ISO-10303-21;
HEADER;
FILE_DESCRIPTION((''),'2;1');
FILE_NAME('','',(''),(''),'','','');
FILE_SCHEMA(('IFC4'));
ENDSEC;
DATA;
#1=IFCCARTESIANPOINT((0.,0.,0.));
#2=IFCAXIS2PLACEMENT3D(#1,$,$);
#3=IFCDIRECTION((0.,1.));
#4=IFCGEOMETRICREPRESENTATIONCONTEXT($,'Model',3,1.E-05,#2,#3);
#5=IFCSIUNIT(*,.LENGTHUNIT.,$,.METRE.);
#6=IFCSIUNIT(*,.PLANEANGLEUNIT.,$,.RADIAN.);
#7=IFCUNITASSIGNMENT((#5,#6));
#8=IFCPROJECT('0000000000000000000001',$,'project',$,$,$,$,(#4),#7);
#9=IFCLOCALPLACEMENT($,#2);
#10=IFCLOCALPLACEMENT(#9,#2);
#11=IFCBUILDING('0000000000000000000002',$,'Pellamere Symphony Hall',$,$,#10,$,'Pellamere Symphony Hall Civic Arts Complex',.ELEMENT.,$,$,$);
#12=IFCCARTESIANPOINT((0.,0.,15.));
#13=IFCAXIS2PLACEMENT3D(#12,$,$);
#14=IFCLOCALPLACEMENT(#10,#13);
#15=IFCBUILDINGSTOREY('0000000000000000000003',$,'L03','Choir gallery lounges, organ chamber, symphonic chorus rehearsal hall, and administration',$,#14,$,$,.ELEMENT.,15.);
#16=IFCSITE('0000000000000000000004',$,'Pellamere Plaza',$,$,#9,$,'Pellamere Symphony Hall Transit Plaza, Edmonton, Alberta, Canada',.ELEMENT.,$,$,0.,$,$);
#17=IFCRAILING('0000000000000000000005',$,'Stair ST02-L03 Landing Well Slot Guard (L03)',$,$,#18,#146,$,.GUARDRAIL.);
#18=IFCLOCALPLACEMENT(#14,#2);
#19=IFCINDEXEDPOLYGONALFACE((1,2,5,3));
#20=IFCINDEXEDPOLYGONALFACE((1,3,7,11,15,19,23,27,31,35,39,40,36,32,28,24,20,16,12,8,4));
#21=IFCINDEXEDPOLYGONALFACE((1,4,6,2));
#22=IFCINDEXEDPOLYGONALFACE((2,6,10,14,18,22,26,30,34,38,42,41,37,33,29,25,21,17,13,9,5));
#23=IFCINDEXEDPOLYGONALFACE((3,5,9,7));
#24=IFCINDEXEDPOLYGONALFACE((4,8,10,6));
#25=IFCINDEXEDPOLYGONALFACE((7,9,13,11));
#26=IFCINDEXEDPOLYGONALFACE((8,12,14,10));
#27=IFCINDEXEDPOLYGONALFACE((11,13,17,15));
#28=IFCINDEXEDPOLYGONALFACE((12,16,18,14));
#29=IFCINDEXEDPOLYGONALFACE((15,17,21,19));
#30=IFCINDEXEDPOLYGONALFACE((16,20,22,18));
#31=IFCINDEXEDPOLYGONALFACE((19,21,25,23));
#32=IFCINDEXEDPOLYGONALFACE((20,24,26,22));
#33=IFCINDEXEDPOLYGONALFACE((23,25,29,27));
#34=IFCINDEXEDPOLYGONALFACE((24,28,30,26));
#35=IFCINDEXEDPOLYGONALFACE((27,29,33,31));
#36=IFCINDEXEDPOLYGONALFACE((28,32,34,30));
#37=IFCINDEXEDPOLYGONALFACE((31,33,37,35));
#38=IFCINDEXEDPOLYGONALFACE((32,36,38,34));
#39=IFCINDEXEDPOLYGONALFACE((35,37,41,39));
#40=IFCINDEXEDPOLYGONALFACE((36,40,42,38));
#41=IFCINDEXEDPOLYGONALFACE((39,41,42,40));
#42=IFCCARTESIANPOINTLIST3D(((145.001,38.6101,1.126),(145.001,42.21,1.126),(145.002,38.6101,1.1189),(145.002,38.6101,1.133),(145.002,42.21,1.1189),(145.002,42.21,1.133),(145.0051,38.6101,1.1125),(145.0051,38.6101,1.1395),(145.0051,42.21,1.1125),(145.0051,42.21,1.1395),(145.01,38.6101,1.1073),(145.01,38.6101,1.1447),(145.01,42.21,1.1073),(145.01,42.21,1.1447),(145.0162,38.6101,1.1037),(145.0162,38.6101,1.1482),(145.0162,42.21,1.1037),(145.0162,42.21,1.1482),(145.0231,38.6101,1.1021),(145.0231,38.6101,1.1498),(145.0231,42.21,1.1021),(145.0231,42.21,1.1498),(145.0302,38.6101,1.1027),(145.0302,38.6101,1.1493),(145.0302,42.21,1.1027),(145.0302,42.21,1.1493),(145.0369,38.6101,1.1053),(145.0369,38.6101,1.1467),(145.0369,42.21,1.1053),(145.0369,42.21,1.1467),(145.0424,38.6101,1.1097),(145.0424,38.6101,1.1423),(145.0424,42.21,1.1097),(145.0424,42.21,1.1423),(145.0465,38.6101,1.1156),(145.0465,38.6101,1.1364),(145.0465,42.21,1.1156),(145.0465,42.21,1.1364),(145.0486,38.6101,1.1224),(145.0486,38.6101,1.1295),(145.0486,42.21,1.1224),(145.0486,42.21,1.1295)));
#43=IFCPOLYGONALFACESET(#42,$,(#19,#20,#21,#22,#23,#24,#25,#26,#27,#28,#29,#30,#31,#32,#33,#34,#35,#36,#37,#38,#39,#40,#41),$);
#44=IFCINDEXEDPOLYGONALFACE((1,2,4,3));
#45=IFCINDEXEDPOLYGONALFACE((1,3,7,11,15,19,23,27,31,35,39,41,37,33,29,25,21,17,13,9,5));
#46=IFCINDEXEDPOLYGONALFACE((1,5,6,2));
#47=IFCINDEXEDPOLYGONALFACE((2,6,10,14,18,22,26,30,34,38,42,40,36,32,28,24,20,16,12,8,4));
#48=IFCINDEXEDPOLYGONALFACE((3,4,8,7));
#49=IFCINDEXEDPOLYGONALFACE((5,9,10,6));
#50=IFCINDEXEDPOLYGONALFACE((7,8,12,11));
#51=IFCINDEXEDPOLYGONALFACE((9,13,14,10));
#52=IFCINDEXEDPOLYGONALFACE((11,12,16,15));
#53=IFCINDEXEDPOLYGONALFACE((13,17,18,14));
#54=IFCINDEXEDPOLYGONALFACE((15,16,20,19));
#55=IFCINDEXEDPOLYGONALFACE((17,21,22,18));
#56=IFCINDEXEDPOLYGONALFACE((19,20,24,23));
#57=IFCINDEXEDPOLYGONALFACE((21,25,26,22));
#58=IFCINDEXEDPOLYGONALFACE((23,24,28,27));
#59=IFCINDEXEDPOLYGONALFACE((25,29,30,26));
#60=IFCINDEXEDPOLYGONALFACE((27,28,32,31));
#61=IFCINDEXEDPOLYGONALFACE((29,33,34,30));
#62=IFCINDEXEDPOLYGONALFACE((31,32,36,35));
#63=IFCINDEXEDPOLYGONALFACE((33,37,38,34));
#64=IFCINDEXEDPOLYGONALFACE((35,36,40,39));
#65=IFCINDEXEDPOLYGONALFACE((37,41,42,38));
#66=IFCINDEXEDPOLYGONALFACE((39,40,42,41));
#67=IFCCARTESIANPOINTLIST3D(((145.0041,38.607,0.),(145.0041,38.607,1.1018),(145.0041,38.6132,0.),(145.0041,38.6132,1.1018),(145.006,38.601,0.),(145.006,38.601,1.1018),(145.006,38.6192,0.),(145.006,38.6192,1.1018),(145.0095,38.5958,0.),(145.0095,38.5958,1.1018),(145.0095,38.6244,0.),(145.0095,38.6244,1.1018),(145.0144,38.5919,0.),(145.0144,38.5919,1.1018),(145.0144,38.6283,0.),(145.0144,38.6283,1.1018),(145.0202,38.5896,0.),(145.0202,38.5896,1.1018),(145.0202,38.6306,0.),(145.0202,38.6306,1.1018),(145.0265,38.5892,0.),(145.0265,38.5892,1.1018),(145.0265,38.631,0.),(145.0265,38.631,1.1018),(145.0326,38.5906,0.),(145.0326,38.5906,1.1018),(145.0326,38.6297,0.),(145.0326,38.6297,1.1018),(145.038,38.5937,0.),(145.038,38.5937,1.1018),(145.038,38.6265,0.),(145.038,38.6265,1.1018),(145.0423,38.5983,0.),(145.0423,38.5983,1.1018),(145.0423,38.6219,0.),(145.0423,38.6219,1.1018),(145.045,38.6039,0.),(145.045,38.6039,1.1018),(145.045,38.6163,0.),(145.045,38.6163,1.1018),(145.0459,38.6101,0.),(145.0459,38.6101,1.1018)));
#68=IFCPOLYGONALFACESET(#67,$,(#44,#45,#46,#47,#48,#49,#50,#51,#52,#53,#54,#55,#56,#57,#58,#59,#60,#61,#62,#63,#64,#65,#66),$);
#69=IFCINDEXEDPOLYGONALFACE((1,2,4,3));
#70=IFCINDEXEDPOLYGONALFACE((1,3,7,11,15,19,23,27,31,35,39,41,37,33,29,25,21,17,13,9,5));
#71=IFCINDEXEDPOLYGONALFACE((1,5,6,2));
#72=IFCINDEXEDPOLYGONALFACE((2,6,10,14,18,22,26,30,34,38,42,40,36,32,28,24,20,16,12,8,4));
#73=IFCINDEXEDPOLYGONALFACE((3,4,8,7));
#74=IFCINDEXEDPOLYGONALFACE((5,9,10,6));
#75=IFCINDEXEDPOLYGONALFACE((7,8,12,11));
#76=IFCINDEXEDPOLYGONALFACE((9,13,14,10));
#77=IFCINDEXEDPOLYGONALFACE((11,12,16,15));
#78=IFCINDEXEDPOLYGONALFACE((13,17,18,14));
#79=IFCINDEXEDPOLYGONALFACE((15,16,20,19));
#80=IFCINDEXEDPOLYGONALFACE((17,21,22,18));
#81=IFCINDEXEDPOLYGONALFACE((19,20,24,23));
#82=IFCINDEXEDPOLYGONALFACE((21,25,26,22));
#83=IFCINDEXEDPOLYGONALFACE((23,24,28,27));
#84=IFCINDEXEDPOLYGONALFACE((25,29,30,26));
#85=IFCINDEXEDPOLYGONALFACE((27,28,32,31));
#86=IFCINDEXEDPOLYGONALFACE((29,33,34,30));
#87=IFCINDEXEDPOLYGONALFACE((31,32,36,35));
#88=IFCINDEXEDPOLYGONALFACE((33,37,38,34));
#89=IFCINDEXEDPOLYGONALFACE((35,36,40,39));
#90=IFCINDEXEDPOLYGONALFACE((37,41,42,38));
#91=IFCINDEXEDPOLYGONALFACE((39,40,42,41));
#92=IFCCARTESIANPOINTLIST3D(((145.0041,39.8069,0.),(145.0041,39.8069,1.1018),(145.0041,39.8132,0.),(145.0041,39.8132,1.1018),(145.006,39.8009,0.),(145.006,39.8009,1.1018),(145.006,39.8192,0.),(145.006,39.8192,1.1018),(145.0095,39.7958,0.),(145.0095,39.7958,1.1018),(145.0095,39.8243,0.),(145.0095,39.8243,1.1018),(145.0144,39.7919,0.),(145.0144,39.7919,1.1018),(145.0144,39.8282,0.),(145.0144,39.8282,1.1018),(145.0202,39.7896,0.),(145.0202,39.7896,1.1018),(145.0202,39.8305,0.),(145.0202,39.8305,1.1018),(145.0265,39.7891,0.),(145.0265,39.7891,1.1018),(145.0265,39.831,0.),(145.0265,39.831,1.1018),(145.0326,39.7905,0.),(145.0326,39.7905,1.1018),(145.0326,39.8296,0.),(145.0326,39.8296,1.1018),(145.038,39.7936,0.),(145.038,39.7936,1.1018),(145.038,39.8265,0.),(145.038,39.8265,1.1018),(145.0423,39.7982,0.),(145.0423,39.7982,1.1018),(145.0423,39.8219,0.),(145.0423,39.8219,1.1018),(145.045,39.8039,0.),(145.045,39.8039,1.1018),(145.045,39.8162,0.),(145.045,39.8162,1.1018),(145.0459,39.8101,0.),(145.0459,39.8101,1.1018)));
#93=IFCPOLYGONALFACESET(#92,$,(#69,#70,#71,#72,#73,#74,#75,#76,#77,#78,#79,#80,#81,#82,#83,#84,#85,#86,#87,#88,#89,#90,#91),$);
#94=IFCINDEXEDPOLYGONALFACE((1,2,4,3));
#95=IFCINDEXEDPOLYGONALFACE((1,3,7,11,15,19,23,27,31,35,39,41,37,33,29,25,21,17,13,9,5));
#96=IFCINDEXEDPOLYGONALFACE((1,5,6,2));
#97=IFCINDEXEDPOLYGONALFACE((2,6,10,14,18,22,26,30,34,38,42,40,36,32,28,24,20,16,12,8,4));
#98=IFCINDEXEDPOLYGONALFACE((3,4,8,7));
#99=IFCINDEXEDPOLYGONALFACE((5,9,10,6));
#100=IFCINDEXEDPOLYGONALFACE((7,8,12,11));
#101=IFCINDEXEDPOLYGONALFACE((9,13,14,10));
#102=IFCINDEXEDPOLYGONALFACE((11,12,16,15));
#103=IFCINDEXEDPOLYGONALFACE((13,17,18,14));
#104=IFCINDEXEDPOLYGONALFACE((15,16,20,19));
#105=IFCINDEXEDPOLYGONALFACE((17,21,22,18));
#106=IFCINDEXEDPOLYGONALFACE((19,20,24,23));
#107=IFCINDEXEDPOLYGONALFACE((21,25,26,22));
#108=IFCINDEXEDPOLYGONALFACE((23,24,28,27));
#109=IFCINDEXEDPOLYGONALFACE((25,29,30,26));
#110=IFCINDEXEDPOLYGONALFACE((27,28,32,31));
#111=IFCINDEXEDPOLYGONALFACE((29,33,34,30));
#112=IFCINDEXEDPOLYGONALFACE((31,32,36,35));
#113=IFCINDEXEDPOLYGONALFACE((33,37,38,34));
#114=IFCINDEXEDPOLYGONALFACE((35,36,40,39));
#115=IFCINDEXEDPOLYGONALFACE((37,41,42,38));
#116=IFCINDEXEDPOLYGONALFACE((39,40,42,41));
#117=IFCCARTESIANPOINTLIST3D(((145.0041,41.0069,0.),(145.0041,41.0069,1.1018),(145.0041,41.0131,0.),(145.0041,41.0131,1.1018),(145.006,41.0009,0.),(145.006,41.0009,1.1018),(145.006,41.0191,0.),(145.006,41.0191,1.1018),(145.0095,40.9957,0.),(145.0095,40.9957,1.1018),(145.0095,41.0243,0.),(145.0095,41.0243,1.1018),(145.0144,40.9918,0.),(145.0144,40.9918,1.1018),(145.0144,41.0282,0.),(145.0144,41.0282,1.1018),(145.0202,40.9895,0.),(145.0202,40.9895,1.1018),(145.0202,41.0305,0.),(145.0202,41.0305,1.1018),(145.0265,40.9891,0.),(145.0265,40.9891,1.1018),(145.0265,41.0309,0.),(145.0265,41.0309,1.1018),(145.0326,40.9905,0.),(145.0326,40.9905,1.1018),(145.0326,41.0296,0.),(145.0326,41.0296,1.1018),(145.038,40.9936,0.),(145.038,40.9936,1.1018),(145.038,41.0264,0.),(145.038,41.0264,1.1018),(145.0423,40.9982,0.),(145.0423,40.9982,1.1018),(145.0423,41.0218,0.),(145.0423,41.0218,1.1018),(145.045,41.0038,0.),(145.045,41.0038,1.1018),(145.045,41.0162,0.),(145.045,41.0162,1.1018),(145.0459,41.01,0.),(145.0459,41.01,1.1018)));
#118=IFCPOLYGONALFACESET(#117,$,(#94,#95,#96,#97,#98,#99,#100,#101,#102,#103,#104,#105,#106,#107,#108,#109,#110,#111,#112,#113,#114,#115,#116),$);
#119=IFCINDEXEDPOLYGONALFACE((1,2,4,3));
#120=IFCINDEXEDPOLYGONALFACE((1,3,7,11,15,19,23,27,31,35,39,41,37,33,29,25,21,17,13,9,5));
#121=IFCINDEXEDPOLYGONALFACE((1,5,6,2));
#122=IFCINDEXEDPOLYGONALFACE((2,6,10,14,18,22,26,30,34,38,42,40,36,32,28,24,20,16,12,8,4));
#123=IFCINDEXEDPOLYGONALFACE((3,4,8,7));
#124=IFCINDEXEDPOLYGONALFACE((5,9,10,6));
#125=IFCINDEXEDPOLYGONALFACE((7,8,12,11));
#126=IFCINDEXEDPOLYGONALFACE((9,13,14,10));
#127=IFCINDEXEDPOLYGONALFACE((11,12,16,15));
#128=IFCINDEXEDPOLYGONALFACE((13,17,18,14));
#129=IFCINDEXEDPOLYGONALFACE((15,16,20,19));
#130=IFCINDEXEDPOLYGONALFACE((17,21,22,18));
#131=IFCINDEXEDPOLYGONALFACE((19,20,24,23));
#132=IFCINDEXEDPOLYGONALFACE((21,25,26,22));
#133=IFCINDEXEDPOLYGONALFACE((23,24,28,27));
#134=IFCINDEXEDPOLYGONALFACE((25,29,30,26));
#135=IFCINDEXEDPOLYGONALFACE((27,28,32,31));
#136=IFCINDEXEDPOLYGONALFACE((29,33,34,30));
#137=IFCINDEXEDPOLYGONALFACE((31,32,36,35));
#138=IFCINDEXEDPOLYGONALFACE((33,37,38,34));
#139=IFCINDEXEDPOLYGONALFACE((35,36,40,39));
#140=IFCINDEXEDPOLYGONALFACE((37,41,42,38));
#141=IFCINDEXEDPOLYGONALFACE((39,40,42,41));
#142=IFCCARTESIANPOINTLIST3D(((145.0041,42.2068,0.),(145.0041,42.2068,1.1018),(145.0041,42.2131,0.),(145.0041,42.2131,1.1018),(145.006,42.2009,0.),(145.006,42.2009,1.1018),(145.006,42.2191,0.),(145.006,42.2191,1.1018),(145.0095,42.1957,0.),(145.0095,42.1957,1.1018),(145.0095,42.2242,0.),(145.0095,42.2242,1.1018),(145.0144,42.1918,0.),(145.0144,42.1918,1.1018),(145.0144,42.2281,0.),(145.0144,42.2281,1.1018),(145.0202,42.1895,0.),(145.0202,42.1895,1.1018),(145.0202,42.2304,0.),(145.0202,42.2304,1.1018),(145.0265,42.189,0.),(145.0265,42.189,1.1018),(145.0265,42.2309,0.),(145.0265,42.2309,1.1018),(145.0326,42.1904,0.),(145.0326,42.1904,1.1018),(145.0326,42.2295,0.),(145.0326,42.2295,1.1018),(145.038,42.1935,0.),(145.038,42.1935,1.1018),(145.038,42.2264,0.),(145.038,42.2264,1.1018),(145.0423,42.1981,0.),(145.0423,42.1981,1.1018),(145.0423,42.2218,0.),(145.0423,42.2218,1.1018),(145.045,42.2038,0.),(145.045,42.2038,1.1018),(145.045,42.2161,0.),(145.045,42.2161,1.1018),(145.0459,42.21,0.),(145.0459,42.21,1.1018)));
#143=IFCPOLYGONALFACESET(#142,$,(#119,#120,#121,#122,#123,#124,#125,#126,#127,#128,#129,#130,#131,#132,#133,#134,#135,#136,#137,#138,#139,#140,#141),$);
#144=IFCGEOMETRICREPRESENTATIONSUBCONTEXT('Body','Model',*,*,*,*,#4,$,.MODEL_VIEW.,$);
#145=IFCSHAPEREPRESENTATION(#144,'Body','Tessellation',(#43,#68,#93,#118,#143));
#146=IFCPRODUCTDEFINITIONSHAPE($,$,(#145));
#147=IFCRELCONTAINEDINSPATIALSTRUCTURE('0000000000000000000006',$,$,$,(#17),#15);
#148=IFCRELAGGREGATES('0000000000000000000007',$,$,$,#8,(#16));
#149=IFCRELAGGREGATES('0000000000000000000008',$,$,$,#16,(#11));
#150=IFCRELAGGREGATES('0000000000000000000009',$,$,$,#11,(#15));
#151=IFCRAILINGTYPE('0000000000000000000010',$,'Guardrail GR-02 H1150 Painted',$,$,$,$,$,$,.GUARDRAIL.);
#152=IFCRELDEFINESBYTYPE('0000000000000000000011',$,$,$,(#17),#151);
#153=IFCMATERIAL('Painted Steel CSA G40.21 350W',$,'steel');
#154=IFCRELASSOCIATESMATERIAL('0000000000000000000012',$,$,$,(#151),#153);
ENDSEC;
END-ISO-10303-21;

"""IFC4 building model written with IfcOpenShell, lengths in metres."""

from ifc_helpers import new_model, si_unit, direction, frame, origin, origin_2d, place, context, subcontext, project, spatial, circle, extrude, material, type_object, element, save


model = new_model("IFC4")

# Units and contexts
model_context = context("Model", 3, precision=1e-05, world=origin(), true_north=direction((0.0, 1.0)))
body_context = subcontext(model_context, "Body", "Model", "MODEL_VIEW")
ifc_project = project(units=[si_unit("LENGTHUNIT", "METRE"), si_unit("PLANEANGLEUNIT", "RADIAN")], contexts=[model_context])

# Site, building, storey
site_placement = place(None, origin())
site = spatial("IfcSite", under=ifc_project, at=site_placement, Name="Pellamere Plaza", LongName="Pellamere Symphony Hall Transit Plaza, Edmonton, Alberta, Canada", CompositionType="ELEMENT", RefElevation=0.0)
building_placement = place(site_placement, origin())
building = spatial("IfcBuilding", under=site, at=building_placement, Name="Pellamere Symphony Hall", LongName="Pellamere Symphony Hall Civic Arts Complex", CompositionType="ELEMENT")
storey_placement = place(building_placement, frame((0.0, 0.0, 15.0)))
storey = spatial("IfcBuildingStorey", under=building, at=storey_placement, Name="L03", Description="Choir gallery lounges, organ chamber, symphonic chorus rehearsal hall, and administration", CompositionType="ELEMENT", Elevation=15.0)

# Railing
ifc_material_1 = material(Name="Painted Steel CSA G40.21 350W", Category="steel")
railing_type_1 = type_object("IfcRailingType", Name="Guardrail GR-02 H1150 Painted", PredefinedType="GUARDRAIL", material=ifc_material_1)
railing_1_placement = place(storey_placement, frame((145.0249, 38.6101, 0.0)))
element("IfcRailing", 1, at=railing_1_placement, inside=storey, type_object=railing_type_1, Name="Stair ST02-L03 Landing Well Slot Guard (L03)", PredefinedType="GUARDRAIL", context=body_context, shape_type="SweptSolid", body=[
    extrude(circle(Radius=0.0239, at=origin_2d()), frame((0.0, 0.0, 1.126), z_axis=(0.0, 1.0, 0.0), x_axis=(-1.0, 0.0, 0.0)), (0.0, 0.0, 1.0), 3.5999),
    extrude(circle(Radius=0.021, at=origin_2d()), origin(), (0.0, 0.0, 1.0), 1.1018),
    extrude(circle(Radius=0.021, at=origin_2d()), frame((0.0, 1.2, 0.0)), (0.0, 0.0, 1.0), 1.1018),
    extrude(circle(Radius=0.021, at=origin_2d()), frame((0.0, 2.3999, 0.0)), (0.0, 0.0, 1.0), 1.1018),
    extrude(circle(Radius=0.021, at=origin_2d()), frame((0.0, 3.5999, 0.0)), (0.0, 0.0, 1.0), 1.1018),
])

save(model, "model.ifc")
